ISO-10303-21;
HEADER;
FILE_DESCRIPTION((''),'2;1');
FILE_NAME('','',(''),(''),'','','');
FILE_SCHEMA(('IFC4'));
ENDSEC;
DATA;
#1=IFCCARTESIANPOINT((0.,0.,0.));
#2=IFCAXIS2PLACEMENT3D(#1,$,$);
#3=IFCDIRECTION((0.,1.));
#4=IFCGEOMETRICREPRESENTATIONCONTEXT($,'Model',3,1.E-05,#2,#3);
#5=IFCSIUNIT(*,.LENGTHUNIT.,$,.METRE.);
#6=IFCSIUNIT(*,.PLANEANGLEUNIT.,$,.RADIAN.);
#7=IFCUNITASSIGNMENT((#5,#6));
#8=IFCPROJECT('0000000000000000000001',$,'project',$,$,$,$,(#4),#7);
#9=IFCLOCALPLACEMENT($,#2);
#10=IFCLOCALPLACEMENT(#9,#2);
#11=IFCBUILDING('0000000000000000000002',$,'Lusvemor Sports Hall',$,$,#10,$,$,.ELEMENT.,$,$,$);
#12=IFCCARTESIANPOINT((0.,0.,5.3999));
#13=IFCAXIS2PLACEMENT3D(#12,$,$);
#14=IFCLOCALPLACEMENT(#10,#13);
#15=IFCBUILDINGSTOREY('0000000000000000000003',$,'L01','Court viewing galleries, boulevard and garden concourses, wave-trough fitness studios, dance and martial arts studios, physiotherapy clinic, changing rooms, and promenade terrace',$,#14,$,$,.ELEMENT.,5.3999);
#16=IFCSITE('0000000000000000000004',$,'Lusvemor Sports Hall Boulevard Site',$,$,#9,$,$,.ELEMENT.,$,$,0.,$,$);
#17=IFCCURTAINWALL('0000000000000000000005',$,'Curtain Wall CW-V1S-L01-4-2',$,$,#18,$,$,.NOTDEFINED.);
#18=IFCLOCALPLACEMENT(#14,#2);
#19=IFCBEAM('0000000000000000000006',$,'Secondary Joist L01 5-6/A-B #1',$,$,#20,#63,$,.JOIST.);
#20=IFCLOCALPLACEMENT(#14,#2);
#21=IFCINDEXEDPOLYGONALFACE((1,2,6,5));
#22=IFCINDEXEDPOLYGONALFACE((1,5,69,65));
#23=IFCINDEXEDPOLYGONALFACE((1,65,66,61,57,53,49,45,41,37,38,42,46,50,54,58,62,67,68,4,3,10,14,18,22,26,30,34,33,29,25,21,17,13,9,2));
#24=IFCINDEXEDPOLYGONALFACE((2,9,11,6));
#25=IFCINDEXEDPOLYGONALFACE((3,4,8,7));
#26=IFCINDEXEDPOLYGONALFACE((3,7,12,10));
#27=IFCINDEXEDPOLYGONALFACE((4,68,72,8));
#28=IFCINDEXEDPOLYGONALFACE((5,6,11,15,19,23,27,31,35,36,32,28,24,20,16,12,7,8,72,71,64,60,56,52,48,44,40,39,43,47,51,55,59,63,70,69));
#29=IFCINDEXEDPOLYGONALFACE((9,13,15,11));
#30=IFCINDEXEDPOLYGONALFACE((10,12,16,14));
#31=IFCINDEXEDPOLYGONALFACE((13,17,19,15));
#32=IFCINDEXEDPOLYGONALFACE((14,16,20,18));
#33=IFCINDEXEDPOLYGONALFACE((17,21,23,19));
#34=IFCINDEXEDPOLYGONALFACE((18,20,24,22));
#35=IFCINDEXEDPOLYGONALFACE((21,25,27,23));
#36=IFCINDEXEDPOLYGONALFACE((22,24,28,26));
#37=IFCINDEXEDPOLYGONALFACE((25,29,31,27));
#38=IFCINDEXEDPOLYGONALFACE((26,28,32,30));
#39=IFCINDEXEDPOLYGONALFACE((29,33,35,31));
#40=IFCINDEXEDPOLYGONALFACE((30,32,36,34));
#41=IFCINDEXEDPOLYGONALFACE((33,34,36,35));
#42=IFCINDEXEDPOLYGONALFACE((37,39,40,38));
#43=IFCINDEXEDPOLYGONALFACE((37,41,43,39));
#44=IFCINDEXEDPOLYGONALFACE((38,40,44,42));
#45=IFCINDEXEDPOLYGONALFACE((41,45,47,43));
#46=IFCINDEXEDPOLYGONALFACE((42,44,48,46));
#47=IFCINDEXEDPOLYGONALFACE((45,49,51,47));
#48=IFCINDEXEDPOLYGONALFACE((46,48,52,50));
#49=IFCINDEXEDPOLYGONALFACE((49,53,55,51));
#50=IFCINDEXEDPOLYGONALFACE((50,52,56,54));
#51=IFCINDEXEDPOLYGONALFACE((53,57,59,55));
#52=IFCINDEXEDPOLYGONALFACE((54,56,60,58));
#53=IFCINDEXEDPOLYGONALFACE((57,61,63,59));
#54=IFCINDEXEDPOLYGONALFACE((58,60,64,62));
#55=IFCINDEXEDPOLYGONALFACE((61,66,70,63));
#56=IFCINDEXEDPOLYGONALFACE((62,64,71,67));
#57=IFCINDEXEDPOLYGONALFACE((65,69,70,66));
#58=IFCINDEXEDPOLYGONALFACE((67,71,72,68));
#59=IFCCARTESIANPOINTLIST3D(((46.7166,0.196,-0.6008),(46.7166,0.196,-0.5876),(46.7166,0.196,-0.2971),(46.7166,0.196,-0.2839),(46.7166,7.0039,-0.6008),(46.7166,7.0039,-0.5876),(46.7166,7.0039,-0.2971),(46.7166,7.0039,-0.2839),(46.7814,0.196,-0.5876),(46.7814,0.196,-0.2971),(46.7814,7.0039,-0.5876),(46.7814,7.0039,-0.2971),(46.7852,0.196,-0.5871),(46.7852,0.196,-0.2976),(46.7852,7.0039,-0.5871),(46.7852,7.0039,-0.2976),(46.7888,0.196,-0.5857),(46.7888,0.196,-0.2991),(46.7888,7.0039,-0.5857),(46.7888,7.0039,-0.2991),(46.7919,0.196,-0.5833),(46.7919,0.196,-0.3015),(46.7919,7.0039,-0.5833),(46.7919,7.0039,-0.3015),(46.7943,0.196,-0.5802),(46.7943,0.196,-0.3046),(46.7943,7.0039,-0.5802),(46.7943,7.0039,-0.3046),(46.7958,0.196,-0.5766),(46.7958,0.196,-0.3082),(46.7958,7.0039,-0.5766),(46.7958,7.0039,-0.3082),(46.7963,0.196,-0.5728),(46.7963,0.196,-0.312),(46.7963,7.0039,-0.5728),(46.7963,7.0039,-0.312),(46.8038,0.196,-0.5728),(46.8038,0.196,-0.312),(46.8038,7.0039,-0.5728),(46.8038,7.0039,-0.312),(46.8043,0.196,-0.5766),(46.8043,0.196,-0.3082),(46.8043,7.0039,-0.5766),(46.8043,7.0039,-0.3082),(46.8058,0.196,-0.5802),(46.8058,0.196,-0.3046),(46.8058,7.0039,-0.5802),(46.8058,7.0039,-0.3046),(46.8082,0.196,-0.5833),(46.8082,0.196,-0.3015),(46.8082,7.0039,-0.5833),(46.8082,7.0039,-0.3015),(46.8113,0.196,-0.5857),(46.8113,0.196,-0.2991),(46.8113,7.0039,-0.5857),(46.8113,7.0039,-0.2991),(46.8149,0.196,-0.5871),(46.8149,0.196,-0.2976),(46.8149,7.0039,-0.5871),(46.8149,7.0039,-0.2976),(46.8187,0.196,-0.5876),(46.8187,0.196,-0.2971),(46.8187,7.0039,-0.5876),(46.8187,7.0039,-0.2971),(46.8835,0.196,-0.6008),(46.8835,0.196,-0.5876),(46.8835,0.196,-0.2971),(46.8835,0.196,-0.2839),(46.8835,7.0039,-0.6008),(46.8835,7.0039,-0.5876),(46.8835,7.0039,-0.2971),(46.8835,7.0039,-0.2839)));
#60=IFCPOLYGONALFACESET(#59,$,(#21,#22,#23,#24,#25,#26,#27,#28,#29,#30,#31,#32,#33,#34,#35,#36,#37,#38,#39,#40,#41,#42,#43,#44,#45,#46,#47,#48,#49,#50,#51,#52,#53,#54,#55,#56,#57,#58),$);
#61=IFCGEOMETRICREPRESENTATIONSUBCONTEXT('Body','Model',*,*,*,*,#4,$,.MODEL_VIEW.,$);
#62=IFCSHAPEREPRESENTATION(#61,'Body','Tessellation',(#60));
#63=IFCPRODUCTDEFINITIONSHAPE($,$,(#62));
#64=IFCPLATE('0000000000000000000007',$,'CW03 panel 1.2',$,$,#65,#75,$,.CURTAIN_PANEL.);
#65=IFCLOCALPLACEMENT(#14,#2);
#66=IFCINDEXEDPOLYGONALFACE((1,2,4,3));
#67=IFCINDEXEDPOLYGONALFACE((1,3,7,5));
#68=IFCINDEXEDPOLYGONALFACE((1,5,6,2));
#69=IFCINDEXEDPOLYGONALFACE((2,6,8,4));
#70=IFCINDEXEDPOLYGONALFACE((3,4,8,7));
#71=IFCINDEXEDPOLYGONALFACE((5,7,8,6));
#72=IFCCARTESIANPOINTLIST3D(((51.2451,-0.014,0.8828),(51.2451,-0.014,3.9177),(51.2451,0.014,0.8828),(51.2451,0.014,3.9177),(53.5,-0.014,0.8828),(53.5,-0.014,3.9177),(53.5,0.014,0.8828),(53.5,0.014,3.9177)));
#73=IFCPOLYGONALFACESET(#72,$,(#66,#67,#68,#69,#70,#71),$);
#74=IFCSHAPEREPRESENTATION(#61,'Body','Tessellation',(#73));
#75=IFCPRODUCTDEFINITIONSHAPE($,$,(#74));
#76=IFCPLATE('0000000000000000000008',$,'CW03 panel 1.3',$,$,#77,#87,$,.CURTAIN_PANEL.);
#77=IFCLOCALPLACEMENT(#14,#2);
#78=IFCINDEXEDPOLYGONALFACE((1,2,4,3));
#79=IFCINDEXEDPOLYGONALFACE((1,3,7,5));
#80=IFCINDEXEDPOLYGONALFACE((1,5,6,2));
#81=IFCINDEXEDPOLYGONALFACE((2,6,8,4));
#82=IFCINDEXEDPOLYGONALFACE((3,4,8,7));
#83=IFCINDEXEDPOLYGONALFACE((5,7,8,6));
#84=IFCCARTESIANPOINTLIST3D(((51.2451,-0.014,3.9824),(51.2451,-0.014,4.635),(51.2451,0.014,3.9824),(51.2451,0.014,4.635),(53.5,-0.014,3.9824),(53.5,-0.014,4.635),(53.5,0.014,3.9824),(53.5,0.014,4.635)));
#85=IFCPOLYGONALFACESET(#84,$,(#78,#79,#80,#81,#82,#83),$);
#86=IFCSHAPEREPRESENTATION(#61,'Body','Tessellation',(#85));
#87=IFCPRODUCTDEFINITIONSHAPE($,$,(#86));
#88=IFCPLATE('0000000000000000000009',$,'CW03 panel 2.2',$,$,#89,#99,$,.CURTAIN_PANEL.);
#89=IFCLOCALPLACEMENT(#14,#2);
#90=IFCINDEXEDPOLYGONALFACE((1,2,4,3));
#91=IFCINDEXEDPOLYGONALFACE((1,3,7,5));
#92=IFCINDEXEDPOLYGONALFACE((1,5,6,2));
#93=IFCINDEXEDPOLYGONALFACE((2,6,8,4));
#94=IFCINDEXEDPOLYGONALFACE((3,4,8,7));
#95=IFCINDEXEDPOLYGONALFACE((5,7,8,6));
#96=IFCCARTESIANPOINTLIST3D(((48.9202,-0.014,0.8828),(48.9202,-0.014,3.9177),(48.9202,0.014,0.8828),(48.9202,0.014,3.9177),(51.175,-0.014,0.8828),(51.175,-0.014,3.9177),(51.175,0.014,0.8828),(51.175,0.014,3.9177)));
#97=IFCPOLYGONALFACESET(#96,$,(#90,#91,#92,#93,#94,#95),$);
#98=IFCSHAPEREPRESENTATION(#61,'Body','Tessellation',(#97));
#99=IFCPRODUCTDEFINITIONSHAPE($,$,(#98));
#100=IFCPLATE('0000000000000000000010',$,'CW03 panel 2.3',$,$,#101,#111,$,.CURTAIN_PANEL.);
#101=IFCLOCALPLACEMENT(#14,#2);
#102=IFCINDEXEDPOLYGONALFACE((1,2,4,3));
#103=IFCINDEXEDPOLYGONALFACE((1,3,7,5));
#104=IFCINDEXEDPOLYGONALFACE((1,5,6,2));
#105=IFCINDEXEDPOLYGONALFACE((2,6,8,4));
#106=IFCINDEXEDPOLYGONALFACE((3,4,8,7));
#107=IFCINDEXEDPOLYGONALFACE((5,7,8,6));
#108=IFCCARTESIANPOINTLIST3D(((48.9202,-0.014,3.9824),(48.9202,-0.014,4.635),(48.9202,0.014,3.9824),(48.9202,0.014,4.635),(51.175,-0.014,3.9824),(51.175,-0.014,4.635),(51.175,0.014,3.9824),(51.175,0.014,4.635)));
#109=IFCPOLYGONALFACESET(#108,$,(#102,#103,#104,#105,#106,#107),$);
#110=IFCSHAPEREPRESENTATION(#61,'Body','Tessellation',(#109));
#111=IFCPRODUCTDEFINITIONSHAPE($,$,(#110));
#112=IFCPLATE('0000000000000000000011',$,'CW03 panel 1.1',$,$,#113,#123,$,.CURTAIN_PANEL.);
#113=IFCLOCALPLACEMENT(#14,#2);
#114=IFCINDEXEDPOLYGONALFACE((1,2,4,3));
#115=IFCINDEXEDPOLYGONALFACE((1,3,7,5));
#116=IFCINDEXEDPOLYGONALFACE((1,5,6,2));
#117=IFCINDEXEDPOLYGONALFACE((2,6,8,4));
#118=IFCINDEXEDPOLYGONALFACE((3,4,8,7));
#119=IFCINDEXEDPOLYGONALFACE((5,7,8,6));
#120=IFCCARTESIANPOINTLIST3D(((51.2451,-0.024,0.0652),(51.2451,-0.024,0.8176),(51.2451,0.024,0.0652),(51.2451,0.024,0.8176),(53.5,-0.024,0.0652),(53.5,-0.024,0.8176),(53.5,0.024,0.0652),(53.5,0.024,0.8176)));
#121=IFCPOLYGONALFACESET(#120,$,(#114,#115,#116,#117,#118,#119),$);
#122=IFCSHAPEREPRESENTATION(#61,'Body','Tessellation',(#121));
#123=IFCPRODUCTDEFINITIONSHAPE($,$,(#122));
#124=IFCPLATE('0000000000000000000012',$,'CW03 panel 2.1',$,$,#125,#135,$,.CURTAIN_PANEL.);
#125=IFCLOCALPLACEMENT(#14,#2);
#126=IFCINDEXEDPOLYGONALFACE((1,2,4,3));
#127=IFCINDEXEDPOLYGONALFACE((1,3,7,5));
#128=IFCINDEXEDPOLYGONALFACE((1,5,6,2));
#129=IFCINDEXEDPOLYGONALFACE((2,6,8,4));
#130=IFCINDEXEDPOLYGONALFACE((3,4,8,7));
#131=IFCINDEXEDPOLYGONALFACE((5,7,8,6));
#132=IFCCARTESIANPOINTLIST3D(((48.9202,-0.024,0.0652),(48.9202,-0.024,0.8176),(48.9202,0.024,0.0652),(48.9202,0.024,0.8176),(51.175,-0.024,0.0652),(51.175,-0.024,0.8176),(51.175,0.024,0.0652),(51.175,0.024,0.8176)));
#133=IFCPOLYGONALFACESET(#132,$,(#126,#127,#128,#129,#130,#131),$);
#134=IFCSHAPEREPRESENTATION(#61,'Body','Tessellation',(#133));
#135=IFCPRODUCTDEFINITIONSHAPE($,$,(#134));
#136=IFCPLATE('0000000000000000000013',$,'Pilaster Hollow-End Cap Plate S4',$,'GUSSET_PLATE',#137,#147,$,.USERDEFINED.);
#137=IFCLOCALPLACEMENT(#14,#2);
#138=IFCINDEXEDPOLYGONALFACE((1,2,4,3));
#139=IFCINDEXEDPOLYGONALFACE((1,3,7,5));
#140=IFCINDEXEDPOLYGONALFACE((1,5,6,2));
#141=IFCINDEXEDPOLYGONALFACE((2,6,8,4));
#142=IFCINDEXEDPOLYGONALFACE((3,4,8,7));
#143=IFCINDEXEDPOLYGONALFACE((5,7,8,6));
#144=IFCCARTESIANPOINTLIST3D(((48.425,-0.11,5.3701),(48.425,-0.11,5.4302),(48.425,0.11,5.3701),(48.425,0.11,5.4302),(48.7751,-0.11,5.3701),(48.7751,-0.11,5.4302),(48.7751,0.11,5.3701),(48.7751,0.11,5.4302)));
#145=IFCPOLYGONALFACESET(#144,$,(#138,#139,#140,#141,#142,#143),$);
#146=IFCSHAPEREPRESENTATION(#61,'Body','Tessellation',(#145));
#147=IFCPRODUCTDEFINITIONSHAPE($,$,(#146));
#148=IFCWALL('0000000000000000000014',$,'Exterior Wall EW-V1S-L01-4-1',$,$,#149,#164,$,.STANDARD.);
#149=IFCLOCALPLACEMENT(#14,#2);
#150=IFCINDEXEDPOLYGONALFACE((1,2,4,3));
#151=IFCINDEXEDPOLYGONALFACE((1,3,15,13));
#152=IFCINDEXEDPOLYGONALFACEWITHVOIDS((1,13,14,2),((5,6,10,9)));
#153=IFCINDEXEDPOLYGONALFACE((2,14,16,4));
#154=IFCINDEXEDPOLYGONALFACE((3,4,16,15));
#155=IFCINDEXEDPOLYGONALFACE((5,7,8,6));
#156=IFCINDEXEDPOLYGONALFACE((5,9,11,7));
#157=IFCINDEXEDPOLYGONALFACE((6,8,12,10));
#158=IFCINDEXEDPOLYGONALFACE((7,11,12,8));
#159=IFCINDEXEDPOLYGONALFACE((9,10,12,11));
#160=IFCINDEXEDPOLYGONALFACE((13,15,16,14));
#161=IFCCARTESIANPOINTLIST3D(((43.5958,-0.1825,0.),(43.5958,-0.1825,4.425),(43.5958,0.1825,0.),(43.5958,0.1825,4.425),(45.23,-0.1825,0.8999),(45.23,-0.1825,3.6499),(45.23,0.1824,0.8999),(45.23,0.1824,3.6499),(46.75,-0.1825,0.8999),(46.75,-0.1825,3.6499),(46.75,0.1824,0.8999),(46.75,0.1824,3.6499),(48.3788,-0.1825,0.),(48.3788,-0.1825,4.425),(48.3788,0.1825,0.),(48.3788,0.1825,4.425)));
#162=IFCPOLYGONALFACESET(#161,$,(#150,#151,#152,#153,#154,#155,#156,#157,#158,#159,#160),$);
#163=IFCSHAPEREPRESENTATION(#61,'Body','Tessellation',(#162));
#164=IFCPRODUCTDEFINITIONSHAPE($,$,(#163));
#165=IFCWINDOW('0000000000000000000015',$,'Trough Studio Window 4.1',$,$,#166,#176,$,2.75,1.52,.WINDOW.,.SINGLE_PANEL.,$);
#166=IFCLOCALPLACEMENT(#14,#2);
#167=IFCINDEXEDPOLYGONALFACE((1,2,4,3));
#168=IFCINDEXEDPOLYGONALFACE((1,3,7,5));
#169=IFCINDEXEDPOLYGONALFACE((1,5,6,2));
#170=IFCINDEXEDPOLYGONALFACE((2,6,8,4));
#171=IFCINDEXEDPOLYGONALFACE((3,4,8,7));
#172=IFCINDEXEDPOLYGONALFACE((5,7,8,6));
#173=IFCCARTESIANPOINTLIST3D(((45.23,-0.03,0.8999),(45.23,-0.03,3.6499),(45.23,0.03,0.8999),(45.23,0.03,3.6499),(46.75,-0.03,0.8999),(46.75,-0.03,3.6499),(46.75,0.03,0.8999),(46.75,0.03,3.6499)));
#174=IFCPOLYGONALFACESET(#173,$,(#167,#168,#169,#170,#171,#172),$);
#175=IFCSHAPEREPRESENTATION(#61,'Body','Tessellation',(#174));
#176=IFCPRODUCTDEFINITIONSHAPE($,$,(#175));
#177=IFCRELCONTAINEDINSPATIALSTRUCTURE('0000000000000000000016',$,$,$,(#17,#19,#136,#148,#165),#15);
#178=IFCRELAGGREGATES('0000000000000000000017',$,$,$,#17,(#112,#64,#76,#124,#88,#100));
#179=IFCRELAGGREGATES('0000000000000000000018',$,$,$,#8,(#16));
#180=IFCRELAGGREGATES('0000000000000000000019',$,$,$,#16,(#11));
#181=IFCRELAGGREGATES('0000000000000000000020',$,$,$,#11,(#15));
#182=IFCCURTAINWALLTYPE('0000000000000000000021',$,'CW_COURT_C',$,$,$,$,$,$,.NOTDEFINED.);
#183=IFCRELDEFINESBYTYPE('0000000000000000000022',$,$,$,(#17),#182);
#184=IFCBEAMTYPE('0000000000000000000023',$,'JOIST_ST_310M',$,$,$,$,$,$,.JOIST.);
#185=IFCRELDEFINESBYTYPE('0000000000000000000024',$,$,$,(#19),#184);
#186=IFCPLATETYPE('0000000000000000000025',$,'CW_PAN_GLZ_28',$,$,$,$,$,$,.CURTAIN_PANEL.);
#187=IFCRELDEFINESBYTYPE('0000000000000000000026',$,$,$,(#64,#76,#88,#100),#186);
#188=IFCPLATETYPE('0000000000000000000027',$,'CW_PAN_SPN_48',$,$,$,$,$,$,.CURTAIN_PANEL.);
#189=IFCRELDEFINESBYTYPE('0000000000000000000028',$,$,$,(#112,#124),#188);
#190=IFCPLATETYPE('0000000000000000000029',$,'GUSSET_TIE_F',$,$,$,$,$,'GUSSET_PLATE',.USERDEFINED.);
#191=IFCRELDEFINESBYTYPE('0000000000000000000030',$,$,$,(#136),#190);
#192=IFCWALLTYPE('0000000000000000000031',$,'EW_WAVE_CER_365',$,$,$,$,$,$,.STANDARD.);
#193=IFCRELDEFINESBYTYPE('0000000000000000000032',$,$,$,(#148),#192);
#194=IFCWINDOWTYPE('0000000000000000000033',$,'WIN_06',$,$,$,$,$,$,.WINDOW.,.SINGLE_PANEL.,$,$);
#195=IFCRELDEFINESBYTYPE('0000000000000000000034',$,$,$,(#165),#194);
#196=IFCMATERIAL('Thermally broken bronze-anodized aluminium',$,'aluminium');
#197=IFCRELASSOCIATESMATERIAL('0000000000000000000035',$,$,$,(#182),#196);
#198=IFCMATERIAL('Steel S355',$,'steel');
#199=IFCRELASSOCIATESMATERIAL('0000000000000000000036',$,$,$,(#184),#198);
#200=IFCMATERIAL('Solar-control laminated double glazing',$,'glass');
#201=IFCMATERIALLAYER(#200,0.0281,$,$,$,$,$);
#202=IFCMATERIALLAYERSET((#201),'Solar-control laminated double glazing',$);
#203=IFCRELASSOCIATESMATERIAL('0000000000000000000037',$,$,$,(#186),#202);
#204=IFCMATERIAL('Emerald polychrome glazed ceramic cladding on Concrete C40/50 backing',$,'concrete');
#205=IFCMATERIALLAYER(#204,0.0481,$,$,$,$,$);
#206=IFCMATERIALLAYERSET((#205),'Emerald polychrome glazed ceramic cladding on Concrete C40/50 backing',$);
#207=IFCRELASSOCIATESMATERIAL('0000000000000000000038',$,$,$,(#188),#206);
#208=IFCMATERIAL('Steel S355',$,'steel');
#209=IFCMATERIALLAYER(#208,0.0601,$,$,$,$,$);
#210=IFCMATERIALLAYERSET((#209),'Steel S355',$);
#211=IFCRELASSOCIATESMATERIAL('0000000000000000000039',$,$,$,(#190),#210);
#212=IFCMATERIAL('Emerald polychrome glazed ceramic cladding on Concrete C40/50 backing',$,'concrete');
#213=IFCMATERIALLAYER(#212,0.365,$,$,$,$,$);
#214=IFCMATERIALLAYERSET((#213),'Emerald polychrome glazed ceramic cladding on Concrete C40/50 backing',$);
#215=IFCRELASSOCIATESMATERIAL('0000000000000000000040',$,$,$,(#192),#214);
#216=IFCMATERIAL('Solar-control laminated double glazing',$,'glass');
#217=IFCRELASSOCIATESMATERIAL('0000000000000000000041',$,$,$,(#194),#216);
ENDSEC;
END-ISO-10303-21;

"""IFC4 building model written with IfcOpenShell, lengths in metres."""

from ifc_helpers import new_model, si_unit, direction, frame, frame_2d, origin, origin_2d, place, context, subcontext, project, spatial, rectangle, i_section, extrude, material, layer, layer_set, material_profile, profile_set, type_object, element, fill, aggregate, save


model = new_model("IFC4")

# Units and contexts
model_context = context("Model", 3, precision=1e-05, world=origin(), true_north=direction((0.0, 1.0)))
body_context = subcontext(model_context, "Body", "Model", "MODEL_VIEW")
ifc_project = project(units=[si_unit("LENGTHUNIT", "METRE"), si_unit("PLANEANGLEUNIT", "RADIAN")], contexts=[model_context])

# Site, building, storey
site_placement = place(None, origin())
site = spatial("IfcSite", under=ifc_project, at=site_placement, Name="Lusvemor Sports Hall Boulevard Site", CompositionType="ELEMENT", RefElevation=0.0)
building_placement = place(site_placement, origin())
building = spatial("IfcBuilding", under=site, at=building_placement, Name="Lusvemor Sports Hall", CompositionType="ELEMENT")
storey_placement = place(building_placement, frame((0.0, 0.0, 5.3999)))
storey = spatial("IfcBuildingStorey", under=building, at=storey_placement, Name="L01", Description="Court viewing galleries, boulevard and garden concourses, wave-trough fitness studios, dance and martial arts studios, physiotherapy clinic, changing rooms, and promenade terrace", CompositionType="ELEMENT", Elevation=5.3999)

# Curtain wall
ifc_material_1 = material(Name="Thermally broken bronze-anodized aluminium", Category="aluminium")
curtain_wall_type = type_object("IfcCurtainWallType", Name="CW_COURT_C", PredefinedType="NOTDEFINED", material=ifc_material_1)
curtain_wall_placement = place(storey_placement, origin())
curtain_wall = element("IfcCurtainWall", 1, at=curtain_wall_placement, inside=storey, type_object=curtain_wall_type, Name="Curtain Wall CW-V1S-L01-4-2", PredefinedType="NOTDEFINED")

# Beam
ifc_material_2 = material(Name="Steel S355", Category="steel")
ifc_material_profile_1 = material_profile(ifc_material_2, i_section(OverallWidth=0.167, OverallDepth=0.3169, WebThickness=0.0076, FlangeThickness=0.0132, FilletRadius=0.0149, at=origin_2d()), Name="W310x52.0")
ifc_profile_set_1 = profile_set([ifc_material_profile_1], Name="Steel S355")
beam_type_1 = type_object("IfcBeamType", Name="JOIST_ST_310M", PredefinedType="JOIST", material=ifc_profile_set_1)
beam_1_placement = place(storey_placement, frame((46.8, 0.196, -0.4424), z_axis=(0.0, 1.0, 0.0), x_axis=(-1.0, 0.0, 0.0)))
element("IfcBeam", 2, at=beam_1_placement, inside=storey, type_object=beam_type_1, Name="Secondary Joist L01 5-6/A-B #1", PredefinedType="JOIST", context=body_context, shape_type="SweptSolid", body=[
    extrude(i_section(OverallWidth=0.167, OverallDepth=0.3169, WebThickness=0.0076, FlangeThickness=0.0132, FilletRadius=0.0149, at=origin_2d()), origin(), (0.0, 0.0, 1.0), 6.8079),
])

# Plates
ifc_material_3 = material(Name="Solar-control laminated double glazing", Category="glass")
ifc_layer_1 = layer(ifc_material_3, 0.0281)
ifc_layer_set_1 = layer_set([ifc_layer_1], Name="Solar-control laminated double glazing")
plate_type_1 = type_object("IfcPlateType", Name="CW_PAN_GLZ_28", PredefinedType="CURTAIN_PANEL", material=ifc_layer_set_1)
plate_1_placement = place(storey_placement, frame((52.3726, 0.0, 0.8828), z_axis=(0.0, 0.0, 1.0), x_axis=(-1.0, 0.0, 0.0)))
plate_1 = element("IfcPlate", 3, at=plate_1_placement, type_object=plate_type_1, Name="CW03 panel 1.2", PredefinedType="CURTAIN_PANEL", context=body_context, shape_type="SweptSolid", body=[
    extrude(rectangle(XDim=2.2549, YDim=0.0281, at=origin_2d()), origin(), (0.0, 0.0, 1.0), 3.0349),
])
plate_2_placement = place(storey_placement, frame((52.3726, 0.0, 3.9824), z_axis=(0.0, 0.0, 1.0), x_axis=(-1.0, 0.0, 0.0)))
plate_2 = element("IfcPlate", 4, at=plate_2_placement, type_object=plate_type_1, Name="CW03 panel 1.3", PredefinedType="CURTAIN_PANEL", context=body_context, shape_type="SweptSolid", body=[
    extrude(rectangle(XDim=2.2549, YDim=0.0281, at=origin_2d()), origin(), (0.0, 0.0, 1.0), 0.6526),
])
plate_3_placement = place(storey_placement, frame((50.0476, 0.0, 0.8828), z_axis=(0.0, 0.0, 1.0), x_axis=(-1.0, 0.0, 0.0)))
plate_3 = element("IfcPlate", 5, at=plate_3_placement, type_object=plate_type_1, Name="CW03 panel 2.2", PredefinedType="CURTAIN_PANEL", context=body_context, shape_type="SweptSolid", body=[
    extrude(rectangle(XDim=2.2549, YDim=0.0281, at=origin_2d()), origin(), (0.0, 0.0, 1.0), 3.0349),
])
plate_4_placement = place(storey_placement, frame((50.0476, 0.0, 3.9824), z_axis=(0.0, 0.0, 1.0), x_axis=(-1.0, 0.0, 0.0)))
plate_4 = element("IfcPlate", 6, at=plate_4_placement, type_object=plate_type_1, Name="CW03 panel 2.3", PredefinedType="CURTAIN_PANEL", context=body_context, shape_type="SweptSolid", body=[
    extrude(rectangle(XDim=2.2549, YDim=0.0281, at=origin_2d()), origin(), (0.0, 0.0, 1.0), 0.6526),
])
ifc_material_4 = material(Name="Emerald polychrome glazed ceramic cladding on Concrete C40/50 backing", Category="concrete")
ifc_layer_2 = layer(ifc_material_4, 0.0481)
ifc_layer_set_2 = layer_set([ifc_layer_2], Name="Emerald polychrome glazed ceramic cladding on Concrete C40/50 backing")
plate_type_2 = type_object("IfcPlateType", Name="CW_PAN_SPN_48", PredefinedType="CURTAIN_PANEL", material=ifc_layer_set_2)
plate_5_placement = place(storey_placement, frame((52.3726, 0.0, 0.0652), z_axis=(0.0, 0.0, 1.0), x_axis=(-1.0, 0.0, 0.0)))
plate_5 = element("IfcPlate", 7, at=plate_5_placement, type_object=plate_type_2, Name="CW03 panel 1.1", PredefinedType="CURTAIN_PANEL", context=body_context, shape_type="SweptSolid", body=[
    extrude(rectangle(XDim=2.2549, YDim=0.0481, at=origin_2d()), origin(), (0.0, 0.0, 1.0), 0.7524),
])
plate_6_placement = place(storey_placement, frame((50.0476, 0.0, 0.0652), z_axis=(0.0, 0.0, 1.0), x_axis=(-1.0, 0.0, 0.0)))
plate_6 = element("IfcPlate", 8, at=plate_6_placement, type_object=plate_type_2, Name="CW03 panel 2.1", PredefinedType="CURTAIN_PANEL", context=body_context, shape_type="SweptSolid", body=[
    extrude(rectangle(XDim=2.2549, YDim=0.0481, at=origin_2d()), origin(), (0.0, 0.0, 1.0), 0.7524),
])
aggregate(curtain_wall, [plate_5, plate_1, plate_2, plate_6, plate_3, plate_4])
ifc_material_5 = material(Name="Steel S355", Category="steel")
ifc_layer_3 = layer(ifc_material_5, 0.0601)
ifc_layer_set_3 = layer_set([ifc_layer_3], Name="Steel S355")
plate_type_3 = type_object("IfcPlateType", Name="GUSSET_TIE_F", ElementType="GUSSET_PLATE", PredefinedType="USERDEFINED", material=ifc_layer_set_3)
plate_7_placement = place(storey_placement, frame((48.6001, 0.0, 5.3701), z_axis=(0.0, 0.0, 1.0), x_axis=(1.0, 0.0, 0.0)))
element("IfcPlate", 9, at=plate_7_placement, inside=storey, type_object=plate_type_3, Name="Pilaster Hollow-End Cap Plate S4", ObjectType="GUSSET_PLATE", PredefinedType="USERDEFINED", context=body_context, shape_type="SweptSolid", body=[
    extrude(rectangle(XDim=0.3501, YDim=0.22, at=origin_2d()), origin(), (0.0, 0.0, 1.0), 0.0601),
])

# Wall, opening, window
ifc_material_6 = material(Name="Emerald polychrome glazed ceramic cladding on Concrete C40/50 backing", Category="concrete")
ifc_layer_4 = layer(ifc_material_6, 0.365)
ifc_layer_set_4 = layer_set([ifc_layer_4], Name="Emerald polychrome glazed ceramic cladding on Concrete C40/50 backing")
wall_type = type_object("IfcWallType", Name="EW_WAVE_CER_365", PredefinedType="STANDARD", material=ifc_layer_set_4)
wall_placement = place(storey_placement, frame((48.3789, 0.0, 0.0), z_axis=(0.0, 0.0, 1.0), x_axis=(-1.0, 0.0, 0.0)))
wall = element("IfcWall", 10, at=wall_placement, inside=storey, type_object=wall_type, Name="Exterior Wall EW-V1S-L01-4-1", PredefinedType="STANDARD", context=body_context, shape_type="SweptSolid", body=[
    extrude(rectangle(XDim=4.783, YDim=0.365, at=frame_2d((2.3916, 0.0))), origin(), (0.0, 0.0, 1.0), 4.425),
])
opening_placement = place(wall_placement, frame((1.6289, 0.0, 0.8999)))
opening = element("IfcOpeningElement", 11, at=opening_placement, cuts=wall, PredefinedType="OPENING", context=body_context, shape_type="SweptSolid", body=[
    extrude(rectangle(XDim=1.52, YDim=2.75, at=frame_2d((0.76, 1.375))), frame((0.0, 0.1826, 0.0), z_axis=(0.0, -1.0, 0.0), x_axis=(1.0, 0.0, 0.0)), (0.0, 0.0, 1.0), 0.365),
])
ifc_material_7 = material(Name="Solar-control laminated double glazing", Category="glass")
window_type = type_object("IfcWindowType", Name="WIN_06", PartitioningType="SINGLE_PANEL", PredefinedType="WINDOW", material=ifc_material_7)
window_placement = place(opening_placement, origin())
window = element("IfcWindow", 12, at=window_placement, inside=storey, type_object=window_type, Name="Trough Studio Window 4.1", OverallHeight=2.75, OverallWidth=1.52, PartitioningType="SINGLE_PANEL", PredefinedType="WINDOW", context=body_context, shape_type="SweptSolid", body=[
    extrude(rectangle(XDim=1.52, YDim=2.75, at=frame_2d((0.76, 1.375))), frame((0.0, 0.03, 0.0), z_axis=(0.0, -1.0, 0.0), x_axis=(1.0, 0.0, 0.0)), (0.0, 0.0, 1.0), 0.0601),
])
fill(opening, window)

save(model, "model.ifc")
